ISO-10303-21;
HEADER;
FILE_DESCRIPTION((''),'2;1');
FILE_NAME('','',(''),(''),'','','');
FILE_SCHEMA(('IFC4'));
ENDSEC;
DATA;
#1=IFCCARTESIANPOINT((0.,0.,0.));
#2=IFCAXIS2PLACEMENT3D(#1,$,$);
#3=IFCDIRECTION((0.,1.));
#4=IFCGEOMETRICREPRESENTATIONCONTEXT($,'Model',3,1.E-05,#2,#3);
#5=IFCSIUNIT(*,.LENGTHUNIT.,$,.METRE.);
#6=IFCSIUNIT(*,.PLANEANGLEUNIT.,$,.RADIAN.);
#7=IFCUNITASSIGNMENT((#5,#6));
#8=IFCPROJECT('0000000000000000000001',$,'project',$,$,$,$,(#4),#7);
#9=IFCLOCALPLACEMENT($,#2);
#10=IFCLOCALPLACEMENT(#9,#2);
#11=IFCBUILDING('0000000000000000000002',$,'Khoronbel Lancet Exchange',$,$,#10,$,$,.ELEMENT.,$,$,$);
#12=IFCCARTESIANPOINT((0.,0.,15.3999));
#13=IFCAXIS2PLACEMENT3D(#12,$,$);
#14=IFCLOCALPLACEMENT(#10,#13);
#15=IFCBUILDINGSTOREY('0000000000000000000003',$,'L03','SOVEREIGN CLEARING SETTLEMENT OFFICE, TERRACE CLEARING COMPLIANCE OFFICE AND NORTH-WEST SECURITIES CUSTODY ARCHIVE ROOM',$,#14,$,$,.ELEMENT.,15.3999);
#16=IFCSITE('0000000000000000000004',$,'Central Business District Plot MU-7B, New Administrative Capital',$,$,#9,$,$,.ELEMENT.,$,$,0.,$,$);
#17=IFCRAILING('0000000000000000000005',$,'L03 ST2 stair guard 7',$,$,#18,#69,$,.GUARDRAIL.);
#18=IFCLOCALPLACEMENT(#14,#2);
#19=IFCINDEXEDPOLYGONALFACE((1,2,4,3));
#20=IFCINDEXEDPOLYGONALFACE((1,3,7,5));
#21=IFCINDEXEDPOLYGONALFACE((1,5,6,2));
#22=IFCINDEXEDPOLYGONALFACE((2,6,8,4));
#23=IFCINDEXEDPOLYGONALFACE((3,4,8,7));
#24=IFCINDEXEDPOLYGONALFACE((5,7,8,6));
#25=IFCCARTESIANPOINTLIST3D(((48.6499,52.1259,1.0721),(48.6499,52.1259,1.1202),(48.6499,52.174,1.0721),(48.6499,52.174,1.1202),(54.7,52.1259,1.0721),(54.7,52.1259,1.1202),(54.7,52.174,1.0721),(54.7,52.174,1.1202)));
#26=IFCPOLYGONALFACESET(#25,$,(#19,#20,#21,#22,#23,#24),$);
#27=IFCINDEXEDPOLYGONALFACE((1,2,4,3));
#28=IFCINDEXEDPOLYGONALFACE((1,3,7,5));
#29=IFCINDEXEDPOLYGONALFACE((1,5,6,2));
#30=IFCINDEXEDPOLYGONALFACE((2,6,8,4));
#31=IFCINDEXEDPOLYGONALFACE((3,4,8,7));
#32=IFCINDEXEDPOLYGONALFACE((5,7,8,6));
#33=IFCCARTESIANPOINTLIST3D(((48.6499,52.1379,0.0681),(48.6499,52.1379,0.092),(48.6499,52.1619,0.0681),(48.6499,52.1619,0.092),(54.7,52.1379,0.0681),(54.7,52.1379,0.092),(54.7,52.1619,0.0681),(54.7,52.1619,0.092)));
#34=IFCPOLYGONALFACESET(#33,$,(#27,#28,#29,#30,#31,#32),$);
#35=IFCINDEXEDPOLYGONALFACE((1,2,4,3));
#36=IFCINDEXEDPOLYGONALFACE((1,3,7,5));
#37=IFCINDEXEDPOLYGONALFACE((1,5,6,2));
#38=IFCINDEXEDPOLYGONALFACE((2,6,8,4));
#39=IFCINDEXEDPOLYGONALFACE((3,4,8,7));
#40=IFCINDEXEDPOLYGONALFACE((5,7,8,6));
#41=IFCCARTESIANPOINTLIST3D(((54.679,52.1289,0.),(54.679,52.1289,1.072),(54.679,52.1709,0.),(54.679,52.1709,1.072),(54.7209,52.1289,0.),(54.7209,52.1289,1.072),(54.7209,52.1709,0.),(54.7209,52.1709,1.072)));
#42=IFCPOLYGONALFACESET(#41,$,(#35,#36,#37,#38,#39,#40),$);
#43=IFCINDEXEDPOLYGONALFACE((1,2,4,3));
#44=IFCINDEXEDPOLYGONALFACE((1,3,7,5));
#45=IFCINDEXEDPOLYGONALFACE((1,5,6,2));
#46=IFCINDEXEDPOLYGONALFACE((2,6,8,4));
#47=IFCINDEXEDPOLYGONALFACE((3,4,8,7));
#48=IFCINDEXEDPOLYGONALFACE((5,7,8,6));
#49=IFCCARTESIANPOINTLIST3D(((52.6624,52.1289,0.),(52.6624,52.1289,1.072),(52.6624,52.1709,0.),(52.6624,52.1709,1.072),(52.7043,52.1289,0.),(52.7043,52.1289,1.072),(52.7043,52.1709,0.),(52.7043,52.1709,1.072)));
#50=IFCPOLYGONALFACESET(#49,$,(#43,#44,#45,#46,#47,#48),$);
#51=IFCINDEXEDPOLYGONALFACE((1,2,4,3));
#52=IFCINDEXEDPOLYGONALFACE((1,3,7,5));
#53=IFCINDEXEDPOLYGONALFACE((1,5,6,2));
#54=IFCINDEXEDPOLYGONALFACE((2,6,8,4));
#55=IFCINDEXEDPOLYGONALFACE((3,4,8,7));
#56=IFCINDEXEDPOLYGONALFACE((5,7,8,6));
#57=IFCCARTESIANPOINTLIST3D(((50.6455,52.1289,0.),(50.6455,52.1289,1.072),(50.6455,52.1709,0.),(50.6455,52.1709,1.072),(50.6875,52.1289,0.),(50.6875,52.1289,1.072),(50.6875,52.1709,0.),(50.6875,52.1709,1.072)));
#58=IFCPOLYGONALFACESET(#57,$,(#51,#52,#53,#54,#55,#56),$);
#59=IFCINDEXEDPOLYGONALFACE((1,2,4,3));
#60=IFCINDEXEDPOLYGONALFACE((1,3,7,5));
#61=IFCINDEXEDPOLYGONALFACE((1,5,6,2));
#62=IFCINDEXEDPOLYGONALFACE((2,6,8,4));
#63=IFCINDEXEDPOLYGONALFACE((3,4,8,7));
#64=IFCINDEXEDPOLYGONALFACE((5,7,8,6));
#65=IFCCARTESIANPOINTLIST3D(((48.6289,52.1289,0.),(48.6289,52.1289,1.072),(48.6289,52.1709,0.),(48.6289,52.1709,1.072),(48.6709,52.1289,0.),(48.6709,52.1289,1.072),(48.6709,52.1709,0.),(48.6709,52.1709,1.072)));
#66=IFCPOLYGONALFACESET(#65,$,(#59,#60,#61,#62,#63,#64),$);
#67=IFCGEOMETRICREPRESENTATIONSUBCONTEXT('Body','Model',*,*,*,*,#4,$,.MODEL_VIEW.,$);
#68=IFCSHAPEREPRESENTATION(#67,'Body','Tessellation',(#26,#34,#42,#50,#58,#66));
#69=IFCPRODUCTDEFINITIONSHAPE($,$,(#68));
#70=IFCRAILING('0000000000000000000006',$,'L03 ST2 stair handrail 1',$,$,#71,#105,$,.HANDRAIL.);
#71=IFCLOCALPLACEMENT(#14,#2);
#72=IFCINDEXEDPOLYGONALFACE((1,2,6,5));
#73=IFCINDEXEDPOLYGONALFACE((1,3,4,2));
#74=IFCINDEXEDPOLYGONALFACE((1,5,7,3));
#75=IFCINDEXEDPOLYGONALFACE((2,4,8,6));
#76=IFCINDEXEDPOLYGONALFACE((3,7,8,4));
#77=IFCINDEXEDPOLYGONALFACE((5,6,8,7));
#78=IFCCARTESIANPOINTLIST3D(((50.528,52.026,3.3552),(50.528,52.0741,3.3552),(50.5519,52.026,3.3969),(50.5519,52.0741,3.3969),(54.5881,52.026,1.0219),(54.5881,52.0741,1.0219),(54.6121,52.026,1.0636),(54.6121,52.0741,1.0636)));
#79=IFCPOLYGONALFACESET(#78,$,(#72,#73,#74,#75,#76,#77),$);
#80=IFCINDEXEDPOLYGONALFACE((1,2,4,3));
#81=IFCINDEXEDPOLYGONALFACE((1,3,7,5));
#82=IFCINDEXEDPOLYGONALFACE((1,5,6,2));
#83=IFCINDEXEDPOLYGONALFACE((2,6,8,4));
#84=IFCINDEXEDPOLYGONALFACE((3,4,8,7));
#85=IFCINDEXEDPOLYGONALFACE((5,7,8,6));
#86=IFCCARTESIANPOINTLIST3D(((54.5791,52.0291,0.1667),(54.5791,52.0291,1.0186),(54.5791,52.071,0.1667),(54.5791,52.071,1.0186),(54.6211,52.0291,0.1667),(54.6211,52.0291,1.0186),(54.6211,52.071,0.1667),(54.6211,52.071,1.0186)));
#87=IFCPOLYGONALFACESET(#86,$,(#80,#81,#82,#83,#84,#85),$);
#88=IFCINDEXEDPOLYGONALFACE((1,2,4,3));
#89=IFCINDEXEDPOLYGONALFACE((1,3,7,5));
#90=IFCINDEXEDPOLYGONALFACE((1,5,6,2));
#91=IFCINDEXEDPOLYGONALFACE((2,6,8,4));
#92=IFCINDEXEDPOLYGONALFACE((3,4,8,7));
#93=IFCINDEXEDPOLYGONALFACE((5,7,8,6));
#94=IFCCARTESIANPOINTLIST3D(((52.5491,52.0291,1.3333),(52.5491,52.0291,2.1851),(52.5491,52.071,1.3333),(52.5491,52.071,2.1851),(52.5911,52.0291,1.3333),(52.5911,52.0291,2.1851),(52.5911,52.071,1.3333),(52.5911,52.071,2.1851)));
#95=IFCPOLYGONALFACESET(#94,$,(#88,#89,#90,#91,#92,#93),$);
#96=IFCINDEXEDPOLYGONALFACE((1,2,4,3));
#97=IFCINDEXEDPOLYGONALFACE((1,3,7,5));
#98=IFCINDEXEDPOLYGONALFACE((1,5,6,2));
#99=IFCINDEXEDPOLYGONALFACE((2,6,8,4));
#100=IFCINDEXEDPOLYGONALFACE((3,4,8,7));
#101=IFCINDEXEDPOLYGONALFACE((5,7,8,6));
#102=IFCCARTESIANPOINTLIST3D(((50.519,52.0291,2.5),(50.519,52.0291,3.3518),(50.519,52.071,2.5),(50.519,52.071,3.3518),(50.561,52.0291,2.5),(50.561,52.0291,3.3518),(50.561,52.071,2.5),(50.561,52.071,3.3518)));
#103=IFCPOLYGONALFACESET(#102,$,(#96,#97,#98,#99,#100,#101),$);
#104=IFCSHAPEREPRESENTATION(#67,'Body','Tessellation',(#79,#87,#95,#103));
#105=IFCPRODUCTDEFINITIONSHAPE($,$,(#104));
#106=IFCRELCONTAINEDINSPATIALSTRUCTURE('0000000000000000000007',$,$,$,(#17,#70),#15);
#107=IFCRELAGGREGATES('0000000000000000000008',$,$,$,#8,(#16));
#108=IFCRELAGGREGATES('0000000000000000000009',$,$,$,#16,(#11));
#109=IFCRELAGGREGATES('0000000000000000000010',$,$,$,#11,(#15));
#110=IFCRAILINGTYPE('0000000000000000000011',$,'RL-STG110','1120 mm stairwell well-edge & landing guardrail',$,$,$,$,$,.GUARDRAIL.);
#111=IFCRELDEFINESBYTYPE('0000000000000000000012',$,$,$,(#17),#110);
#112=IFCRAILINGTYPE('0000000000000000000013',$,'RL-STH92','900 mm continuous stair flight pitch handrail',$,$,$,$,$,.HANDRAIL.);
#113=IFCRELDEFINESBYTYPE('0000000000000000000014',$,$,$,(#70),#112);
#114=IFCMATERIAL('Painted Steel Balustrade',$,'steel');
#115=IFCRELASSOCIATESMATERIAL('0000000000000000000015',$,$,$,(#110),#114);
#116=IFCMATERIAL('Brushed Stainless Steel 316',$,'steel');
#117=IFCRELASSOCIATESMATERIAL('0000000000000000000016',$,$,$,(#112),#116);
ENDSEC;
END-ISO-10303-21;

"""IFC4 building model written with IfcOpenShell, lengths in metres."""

from ifc_helpers import new_model, si_unit, direction, frame, origin, origin_2d, place, context, subcontext, project, spatial, rectangle, extrude, material, type_object, element, save


model = new_model("IFC4")

# Units and contexts
model_context = context("Model", 3, precision=1e-05, world=origin(), true_north=direction((0.0, 1.0)))
body_context = subcontext(model_context, "Body", "Model", "MODEL_VIEW")
ifc_project = project(units=[si_unit("LENGTHUNIT", "METRE"), si_unit("PLANEANGLEUNIT", "RADIAN")], contexts=[model_context])

# Site, building, storey
site_placement = place(None, origin())
site = spatial("IfcSite", under=ifc_project, at=site_placement, Name="Central Business District Plot MU-7B, New Administrative Capital", CompositionType="ELEMENT", RefElevation=0.0)
building_placement = place(site_placement, origin())
building = spatial("IfcBuilding", under=site, at=building_placement, Name="Khoronbel Lancet Exchange", CompositionType="ELEMENT")
storey_placement = place(building_placement, frame((0.0, 0.0, 15.3999)))
storey = spatial("IfcBuildingStorey", under=building, at=storey_placement, Name="L03", Description="SOVEREIGN CLEARING SETTLEMENT OFFICE, TERRACE CLEARING COMPLIANCE OFFICE AND NORTH-WEST SECURITIES CUSTODY ARCHIVE ROOM", CompositionType="ELEMENT", Elevation=15.3999)

# Railings
ifc_material_1 = material(Name="Painted Steel Balustrade", Category="steel")
railing_type_1 = type_object("IfcRailingType", Name="RL-STG110", Description="1120 mm stairwell well-edge & landing guardrail", PredefinedType="GUARDRAIL", material=ifc_material_1)
railing_1_placement = place(storey_placement, frame((54.7, 52.1499, 0.0)))
element("IfcRailing", 1, at=railing_1_placement, inside=storey, type_object=railing_type_1, Name="L03 ST2 stair guard 7", PredefinedType="GUARDRAIL", context=body_context, shape_type="SweptSolid", body=[
    extrude(rectangle(XDim=0.0481, YDim=0.0481, at=origin_2d()), frame((0.0, 0.0, 1.0962), z_axis=(-1.0, 0.0, 0.0), x_axis=(0.0, -1.0, 0.0)), (0.0, 0.0, 1.0), 6.05),
    extrude(rectangle(XDim=0.0239, YDim=0.0239, at=origin_2d()), frame((0.0, 0.0, 0.0801), z_axis=(-1.0, 0.0, 0.0), x_axis=(0.0, -1.0, 0.0)), (0.0, 0.0, 1.0), 6.05),
    extrude(rectangle(XDim=0.042, YDim=0.042, at=origin_2d()), origin(), (0.0, 0.0, 1.0), 1.072),
    extrude(rectangle(XDim=0.042, YDim=0.042, at=origin_2d()), frame((-2.0166, 0.0, 0.0)), (0.0, 0.0, 1.0), 1.072),
    extrude(rectangle(XDim=0.042, YDim=0.042, at=origin_2d()), frame((-4.0334, 0.0, 0.0)), (0.0, 0.0, 1.0), 1.072),
    extrude(rectangle(XDim=0.042, YDim=0.042, at=origin_2d()), frame((-6.05, 0.0, 0.0)), (0.0, 0.0, 1.0), 1.072),
])
ifc_material_2 = material(Name="Brushed Stainless Steel 316", Category="steel")
railing_type_2 = type_object("IfcRailingType", Name="RL-STH92", Description="900 mm continuous stair flight pitch handrail", PredefinedType="HANDRAIL", material=ifc_material_2)
railing_2_placement = place(storey_placement, frame((54.6001, 52.05, 0.1667)))
element("IfcRailing", 2, at=railing_2_placement, inside=storey, type_object=railing_type_2, Name="L03 ST2 stair handrail 1", PredefinedType="HANDRAIL", context=body_context, shape_type="SweptSolid", body=[
    extrude(rectangle(XDim=0.0481, YDim=0.0481, at=origin_2d()), frame((0.0, 0.0, 0.876), z_axis=(-0.867025, 0.0, 0.498265), x_axis=(0.0, -1.0, 0.0)), (0.0, 0.0, 1.0), 4.6829),
    extrude(rectangle(XDim=0.042, YDim=0.042, at=origin_2d()), origin(), (0.0, 0.0, 1.0), 0.8518),
    extrude(rectangle(XDim=0.042, YDim=0.042, at=origin_2d()), frame((-2.03, 0.0, 1.1665)), (0.0, 0.0, 1.0), 0.8518),
    extrude(rectangle(XDim=0.042, YDim=0.042, at=origin_2d()), frame((-4.0601, 0.0, 2.3333)), (0.0, 0.0, 1.0), 0.8518),
])

save(model, "model.ifc")
